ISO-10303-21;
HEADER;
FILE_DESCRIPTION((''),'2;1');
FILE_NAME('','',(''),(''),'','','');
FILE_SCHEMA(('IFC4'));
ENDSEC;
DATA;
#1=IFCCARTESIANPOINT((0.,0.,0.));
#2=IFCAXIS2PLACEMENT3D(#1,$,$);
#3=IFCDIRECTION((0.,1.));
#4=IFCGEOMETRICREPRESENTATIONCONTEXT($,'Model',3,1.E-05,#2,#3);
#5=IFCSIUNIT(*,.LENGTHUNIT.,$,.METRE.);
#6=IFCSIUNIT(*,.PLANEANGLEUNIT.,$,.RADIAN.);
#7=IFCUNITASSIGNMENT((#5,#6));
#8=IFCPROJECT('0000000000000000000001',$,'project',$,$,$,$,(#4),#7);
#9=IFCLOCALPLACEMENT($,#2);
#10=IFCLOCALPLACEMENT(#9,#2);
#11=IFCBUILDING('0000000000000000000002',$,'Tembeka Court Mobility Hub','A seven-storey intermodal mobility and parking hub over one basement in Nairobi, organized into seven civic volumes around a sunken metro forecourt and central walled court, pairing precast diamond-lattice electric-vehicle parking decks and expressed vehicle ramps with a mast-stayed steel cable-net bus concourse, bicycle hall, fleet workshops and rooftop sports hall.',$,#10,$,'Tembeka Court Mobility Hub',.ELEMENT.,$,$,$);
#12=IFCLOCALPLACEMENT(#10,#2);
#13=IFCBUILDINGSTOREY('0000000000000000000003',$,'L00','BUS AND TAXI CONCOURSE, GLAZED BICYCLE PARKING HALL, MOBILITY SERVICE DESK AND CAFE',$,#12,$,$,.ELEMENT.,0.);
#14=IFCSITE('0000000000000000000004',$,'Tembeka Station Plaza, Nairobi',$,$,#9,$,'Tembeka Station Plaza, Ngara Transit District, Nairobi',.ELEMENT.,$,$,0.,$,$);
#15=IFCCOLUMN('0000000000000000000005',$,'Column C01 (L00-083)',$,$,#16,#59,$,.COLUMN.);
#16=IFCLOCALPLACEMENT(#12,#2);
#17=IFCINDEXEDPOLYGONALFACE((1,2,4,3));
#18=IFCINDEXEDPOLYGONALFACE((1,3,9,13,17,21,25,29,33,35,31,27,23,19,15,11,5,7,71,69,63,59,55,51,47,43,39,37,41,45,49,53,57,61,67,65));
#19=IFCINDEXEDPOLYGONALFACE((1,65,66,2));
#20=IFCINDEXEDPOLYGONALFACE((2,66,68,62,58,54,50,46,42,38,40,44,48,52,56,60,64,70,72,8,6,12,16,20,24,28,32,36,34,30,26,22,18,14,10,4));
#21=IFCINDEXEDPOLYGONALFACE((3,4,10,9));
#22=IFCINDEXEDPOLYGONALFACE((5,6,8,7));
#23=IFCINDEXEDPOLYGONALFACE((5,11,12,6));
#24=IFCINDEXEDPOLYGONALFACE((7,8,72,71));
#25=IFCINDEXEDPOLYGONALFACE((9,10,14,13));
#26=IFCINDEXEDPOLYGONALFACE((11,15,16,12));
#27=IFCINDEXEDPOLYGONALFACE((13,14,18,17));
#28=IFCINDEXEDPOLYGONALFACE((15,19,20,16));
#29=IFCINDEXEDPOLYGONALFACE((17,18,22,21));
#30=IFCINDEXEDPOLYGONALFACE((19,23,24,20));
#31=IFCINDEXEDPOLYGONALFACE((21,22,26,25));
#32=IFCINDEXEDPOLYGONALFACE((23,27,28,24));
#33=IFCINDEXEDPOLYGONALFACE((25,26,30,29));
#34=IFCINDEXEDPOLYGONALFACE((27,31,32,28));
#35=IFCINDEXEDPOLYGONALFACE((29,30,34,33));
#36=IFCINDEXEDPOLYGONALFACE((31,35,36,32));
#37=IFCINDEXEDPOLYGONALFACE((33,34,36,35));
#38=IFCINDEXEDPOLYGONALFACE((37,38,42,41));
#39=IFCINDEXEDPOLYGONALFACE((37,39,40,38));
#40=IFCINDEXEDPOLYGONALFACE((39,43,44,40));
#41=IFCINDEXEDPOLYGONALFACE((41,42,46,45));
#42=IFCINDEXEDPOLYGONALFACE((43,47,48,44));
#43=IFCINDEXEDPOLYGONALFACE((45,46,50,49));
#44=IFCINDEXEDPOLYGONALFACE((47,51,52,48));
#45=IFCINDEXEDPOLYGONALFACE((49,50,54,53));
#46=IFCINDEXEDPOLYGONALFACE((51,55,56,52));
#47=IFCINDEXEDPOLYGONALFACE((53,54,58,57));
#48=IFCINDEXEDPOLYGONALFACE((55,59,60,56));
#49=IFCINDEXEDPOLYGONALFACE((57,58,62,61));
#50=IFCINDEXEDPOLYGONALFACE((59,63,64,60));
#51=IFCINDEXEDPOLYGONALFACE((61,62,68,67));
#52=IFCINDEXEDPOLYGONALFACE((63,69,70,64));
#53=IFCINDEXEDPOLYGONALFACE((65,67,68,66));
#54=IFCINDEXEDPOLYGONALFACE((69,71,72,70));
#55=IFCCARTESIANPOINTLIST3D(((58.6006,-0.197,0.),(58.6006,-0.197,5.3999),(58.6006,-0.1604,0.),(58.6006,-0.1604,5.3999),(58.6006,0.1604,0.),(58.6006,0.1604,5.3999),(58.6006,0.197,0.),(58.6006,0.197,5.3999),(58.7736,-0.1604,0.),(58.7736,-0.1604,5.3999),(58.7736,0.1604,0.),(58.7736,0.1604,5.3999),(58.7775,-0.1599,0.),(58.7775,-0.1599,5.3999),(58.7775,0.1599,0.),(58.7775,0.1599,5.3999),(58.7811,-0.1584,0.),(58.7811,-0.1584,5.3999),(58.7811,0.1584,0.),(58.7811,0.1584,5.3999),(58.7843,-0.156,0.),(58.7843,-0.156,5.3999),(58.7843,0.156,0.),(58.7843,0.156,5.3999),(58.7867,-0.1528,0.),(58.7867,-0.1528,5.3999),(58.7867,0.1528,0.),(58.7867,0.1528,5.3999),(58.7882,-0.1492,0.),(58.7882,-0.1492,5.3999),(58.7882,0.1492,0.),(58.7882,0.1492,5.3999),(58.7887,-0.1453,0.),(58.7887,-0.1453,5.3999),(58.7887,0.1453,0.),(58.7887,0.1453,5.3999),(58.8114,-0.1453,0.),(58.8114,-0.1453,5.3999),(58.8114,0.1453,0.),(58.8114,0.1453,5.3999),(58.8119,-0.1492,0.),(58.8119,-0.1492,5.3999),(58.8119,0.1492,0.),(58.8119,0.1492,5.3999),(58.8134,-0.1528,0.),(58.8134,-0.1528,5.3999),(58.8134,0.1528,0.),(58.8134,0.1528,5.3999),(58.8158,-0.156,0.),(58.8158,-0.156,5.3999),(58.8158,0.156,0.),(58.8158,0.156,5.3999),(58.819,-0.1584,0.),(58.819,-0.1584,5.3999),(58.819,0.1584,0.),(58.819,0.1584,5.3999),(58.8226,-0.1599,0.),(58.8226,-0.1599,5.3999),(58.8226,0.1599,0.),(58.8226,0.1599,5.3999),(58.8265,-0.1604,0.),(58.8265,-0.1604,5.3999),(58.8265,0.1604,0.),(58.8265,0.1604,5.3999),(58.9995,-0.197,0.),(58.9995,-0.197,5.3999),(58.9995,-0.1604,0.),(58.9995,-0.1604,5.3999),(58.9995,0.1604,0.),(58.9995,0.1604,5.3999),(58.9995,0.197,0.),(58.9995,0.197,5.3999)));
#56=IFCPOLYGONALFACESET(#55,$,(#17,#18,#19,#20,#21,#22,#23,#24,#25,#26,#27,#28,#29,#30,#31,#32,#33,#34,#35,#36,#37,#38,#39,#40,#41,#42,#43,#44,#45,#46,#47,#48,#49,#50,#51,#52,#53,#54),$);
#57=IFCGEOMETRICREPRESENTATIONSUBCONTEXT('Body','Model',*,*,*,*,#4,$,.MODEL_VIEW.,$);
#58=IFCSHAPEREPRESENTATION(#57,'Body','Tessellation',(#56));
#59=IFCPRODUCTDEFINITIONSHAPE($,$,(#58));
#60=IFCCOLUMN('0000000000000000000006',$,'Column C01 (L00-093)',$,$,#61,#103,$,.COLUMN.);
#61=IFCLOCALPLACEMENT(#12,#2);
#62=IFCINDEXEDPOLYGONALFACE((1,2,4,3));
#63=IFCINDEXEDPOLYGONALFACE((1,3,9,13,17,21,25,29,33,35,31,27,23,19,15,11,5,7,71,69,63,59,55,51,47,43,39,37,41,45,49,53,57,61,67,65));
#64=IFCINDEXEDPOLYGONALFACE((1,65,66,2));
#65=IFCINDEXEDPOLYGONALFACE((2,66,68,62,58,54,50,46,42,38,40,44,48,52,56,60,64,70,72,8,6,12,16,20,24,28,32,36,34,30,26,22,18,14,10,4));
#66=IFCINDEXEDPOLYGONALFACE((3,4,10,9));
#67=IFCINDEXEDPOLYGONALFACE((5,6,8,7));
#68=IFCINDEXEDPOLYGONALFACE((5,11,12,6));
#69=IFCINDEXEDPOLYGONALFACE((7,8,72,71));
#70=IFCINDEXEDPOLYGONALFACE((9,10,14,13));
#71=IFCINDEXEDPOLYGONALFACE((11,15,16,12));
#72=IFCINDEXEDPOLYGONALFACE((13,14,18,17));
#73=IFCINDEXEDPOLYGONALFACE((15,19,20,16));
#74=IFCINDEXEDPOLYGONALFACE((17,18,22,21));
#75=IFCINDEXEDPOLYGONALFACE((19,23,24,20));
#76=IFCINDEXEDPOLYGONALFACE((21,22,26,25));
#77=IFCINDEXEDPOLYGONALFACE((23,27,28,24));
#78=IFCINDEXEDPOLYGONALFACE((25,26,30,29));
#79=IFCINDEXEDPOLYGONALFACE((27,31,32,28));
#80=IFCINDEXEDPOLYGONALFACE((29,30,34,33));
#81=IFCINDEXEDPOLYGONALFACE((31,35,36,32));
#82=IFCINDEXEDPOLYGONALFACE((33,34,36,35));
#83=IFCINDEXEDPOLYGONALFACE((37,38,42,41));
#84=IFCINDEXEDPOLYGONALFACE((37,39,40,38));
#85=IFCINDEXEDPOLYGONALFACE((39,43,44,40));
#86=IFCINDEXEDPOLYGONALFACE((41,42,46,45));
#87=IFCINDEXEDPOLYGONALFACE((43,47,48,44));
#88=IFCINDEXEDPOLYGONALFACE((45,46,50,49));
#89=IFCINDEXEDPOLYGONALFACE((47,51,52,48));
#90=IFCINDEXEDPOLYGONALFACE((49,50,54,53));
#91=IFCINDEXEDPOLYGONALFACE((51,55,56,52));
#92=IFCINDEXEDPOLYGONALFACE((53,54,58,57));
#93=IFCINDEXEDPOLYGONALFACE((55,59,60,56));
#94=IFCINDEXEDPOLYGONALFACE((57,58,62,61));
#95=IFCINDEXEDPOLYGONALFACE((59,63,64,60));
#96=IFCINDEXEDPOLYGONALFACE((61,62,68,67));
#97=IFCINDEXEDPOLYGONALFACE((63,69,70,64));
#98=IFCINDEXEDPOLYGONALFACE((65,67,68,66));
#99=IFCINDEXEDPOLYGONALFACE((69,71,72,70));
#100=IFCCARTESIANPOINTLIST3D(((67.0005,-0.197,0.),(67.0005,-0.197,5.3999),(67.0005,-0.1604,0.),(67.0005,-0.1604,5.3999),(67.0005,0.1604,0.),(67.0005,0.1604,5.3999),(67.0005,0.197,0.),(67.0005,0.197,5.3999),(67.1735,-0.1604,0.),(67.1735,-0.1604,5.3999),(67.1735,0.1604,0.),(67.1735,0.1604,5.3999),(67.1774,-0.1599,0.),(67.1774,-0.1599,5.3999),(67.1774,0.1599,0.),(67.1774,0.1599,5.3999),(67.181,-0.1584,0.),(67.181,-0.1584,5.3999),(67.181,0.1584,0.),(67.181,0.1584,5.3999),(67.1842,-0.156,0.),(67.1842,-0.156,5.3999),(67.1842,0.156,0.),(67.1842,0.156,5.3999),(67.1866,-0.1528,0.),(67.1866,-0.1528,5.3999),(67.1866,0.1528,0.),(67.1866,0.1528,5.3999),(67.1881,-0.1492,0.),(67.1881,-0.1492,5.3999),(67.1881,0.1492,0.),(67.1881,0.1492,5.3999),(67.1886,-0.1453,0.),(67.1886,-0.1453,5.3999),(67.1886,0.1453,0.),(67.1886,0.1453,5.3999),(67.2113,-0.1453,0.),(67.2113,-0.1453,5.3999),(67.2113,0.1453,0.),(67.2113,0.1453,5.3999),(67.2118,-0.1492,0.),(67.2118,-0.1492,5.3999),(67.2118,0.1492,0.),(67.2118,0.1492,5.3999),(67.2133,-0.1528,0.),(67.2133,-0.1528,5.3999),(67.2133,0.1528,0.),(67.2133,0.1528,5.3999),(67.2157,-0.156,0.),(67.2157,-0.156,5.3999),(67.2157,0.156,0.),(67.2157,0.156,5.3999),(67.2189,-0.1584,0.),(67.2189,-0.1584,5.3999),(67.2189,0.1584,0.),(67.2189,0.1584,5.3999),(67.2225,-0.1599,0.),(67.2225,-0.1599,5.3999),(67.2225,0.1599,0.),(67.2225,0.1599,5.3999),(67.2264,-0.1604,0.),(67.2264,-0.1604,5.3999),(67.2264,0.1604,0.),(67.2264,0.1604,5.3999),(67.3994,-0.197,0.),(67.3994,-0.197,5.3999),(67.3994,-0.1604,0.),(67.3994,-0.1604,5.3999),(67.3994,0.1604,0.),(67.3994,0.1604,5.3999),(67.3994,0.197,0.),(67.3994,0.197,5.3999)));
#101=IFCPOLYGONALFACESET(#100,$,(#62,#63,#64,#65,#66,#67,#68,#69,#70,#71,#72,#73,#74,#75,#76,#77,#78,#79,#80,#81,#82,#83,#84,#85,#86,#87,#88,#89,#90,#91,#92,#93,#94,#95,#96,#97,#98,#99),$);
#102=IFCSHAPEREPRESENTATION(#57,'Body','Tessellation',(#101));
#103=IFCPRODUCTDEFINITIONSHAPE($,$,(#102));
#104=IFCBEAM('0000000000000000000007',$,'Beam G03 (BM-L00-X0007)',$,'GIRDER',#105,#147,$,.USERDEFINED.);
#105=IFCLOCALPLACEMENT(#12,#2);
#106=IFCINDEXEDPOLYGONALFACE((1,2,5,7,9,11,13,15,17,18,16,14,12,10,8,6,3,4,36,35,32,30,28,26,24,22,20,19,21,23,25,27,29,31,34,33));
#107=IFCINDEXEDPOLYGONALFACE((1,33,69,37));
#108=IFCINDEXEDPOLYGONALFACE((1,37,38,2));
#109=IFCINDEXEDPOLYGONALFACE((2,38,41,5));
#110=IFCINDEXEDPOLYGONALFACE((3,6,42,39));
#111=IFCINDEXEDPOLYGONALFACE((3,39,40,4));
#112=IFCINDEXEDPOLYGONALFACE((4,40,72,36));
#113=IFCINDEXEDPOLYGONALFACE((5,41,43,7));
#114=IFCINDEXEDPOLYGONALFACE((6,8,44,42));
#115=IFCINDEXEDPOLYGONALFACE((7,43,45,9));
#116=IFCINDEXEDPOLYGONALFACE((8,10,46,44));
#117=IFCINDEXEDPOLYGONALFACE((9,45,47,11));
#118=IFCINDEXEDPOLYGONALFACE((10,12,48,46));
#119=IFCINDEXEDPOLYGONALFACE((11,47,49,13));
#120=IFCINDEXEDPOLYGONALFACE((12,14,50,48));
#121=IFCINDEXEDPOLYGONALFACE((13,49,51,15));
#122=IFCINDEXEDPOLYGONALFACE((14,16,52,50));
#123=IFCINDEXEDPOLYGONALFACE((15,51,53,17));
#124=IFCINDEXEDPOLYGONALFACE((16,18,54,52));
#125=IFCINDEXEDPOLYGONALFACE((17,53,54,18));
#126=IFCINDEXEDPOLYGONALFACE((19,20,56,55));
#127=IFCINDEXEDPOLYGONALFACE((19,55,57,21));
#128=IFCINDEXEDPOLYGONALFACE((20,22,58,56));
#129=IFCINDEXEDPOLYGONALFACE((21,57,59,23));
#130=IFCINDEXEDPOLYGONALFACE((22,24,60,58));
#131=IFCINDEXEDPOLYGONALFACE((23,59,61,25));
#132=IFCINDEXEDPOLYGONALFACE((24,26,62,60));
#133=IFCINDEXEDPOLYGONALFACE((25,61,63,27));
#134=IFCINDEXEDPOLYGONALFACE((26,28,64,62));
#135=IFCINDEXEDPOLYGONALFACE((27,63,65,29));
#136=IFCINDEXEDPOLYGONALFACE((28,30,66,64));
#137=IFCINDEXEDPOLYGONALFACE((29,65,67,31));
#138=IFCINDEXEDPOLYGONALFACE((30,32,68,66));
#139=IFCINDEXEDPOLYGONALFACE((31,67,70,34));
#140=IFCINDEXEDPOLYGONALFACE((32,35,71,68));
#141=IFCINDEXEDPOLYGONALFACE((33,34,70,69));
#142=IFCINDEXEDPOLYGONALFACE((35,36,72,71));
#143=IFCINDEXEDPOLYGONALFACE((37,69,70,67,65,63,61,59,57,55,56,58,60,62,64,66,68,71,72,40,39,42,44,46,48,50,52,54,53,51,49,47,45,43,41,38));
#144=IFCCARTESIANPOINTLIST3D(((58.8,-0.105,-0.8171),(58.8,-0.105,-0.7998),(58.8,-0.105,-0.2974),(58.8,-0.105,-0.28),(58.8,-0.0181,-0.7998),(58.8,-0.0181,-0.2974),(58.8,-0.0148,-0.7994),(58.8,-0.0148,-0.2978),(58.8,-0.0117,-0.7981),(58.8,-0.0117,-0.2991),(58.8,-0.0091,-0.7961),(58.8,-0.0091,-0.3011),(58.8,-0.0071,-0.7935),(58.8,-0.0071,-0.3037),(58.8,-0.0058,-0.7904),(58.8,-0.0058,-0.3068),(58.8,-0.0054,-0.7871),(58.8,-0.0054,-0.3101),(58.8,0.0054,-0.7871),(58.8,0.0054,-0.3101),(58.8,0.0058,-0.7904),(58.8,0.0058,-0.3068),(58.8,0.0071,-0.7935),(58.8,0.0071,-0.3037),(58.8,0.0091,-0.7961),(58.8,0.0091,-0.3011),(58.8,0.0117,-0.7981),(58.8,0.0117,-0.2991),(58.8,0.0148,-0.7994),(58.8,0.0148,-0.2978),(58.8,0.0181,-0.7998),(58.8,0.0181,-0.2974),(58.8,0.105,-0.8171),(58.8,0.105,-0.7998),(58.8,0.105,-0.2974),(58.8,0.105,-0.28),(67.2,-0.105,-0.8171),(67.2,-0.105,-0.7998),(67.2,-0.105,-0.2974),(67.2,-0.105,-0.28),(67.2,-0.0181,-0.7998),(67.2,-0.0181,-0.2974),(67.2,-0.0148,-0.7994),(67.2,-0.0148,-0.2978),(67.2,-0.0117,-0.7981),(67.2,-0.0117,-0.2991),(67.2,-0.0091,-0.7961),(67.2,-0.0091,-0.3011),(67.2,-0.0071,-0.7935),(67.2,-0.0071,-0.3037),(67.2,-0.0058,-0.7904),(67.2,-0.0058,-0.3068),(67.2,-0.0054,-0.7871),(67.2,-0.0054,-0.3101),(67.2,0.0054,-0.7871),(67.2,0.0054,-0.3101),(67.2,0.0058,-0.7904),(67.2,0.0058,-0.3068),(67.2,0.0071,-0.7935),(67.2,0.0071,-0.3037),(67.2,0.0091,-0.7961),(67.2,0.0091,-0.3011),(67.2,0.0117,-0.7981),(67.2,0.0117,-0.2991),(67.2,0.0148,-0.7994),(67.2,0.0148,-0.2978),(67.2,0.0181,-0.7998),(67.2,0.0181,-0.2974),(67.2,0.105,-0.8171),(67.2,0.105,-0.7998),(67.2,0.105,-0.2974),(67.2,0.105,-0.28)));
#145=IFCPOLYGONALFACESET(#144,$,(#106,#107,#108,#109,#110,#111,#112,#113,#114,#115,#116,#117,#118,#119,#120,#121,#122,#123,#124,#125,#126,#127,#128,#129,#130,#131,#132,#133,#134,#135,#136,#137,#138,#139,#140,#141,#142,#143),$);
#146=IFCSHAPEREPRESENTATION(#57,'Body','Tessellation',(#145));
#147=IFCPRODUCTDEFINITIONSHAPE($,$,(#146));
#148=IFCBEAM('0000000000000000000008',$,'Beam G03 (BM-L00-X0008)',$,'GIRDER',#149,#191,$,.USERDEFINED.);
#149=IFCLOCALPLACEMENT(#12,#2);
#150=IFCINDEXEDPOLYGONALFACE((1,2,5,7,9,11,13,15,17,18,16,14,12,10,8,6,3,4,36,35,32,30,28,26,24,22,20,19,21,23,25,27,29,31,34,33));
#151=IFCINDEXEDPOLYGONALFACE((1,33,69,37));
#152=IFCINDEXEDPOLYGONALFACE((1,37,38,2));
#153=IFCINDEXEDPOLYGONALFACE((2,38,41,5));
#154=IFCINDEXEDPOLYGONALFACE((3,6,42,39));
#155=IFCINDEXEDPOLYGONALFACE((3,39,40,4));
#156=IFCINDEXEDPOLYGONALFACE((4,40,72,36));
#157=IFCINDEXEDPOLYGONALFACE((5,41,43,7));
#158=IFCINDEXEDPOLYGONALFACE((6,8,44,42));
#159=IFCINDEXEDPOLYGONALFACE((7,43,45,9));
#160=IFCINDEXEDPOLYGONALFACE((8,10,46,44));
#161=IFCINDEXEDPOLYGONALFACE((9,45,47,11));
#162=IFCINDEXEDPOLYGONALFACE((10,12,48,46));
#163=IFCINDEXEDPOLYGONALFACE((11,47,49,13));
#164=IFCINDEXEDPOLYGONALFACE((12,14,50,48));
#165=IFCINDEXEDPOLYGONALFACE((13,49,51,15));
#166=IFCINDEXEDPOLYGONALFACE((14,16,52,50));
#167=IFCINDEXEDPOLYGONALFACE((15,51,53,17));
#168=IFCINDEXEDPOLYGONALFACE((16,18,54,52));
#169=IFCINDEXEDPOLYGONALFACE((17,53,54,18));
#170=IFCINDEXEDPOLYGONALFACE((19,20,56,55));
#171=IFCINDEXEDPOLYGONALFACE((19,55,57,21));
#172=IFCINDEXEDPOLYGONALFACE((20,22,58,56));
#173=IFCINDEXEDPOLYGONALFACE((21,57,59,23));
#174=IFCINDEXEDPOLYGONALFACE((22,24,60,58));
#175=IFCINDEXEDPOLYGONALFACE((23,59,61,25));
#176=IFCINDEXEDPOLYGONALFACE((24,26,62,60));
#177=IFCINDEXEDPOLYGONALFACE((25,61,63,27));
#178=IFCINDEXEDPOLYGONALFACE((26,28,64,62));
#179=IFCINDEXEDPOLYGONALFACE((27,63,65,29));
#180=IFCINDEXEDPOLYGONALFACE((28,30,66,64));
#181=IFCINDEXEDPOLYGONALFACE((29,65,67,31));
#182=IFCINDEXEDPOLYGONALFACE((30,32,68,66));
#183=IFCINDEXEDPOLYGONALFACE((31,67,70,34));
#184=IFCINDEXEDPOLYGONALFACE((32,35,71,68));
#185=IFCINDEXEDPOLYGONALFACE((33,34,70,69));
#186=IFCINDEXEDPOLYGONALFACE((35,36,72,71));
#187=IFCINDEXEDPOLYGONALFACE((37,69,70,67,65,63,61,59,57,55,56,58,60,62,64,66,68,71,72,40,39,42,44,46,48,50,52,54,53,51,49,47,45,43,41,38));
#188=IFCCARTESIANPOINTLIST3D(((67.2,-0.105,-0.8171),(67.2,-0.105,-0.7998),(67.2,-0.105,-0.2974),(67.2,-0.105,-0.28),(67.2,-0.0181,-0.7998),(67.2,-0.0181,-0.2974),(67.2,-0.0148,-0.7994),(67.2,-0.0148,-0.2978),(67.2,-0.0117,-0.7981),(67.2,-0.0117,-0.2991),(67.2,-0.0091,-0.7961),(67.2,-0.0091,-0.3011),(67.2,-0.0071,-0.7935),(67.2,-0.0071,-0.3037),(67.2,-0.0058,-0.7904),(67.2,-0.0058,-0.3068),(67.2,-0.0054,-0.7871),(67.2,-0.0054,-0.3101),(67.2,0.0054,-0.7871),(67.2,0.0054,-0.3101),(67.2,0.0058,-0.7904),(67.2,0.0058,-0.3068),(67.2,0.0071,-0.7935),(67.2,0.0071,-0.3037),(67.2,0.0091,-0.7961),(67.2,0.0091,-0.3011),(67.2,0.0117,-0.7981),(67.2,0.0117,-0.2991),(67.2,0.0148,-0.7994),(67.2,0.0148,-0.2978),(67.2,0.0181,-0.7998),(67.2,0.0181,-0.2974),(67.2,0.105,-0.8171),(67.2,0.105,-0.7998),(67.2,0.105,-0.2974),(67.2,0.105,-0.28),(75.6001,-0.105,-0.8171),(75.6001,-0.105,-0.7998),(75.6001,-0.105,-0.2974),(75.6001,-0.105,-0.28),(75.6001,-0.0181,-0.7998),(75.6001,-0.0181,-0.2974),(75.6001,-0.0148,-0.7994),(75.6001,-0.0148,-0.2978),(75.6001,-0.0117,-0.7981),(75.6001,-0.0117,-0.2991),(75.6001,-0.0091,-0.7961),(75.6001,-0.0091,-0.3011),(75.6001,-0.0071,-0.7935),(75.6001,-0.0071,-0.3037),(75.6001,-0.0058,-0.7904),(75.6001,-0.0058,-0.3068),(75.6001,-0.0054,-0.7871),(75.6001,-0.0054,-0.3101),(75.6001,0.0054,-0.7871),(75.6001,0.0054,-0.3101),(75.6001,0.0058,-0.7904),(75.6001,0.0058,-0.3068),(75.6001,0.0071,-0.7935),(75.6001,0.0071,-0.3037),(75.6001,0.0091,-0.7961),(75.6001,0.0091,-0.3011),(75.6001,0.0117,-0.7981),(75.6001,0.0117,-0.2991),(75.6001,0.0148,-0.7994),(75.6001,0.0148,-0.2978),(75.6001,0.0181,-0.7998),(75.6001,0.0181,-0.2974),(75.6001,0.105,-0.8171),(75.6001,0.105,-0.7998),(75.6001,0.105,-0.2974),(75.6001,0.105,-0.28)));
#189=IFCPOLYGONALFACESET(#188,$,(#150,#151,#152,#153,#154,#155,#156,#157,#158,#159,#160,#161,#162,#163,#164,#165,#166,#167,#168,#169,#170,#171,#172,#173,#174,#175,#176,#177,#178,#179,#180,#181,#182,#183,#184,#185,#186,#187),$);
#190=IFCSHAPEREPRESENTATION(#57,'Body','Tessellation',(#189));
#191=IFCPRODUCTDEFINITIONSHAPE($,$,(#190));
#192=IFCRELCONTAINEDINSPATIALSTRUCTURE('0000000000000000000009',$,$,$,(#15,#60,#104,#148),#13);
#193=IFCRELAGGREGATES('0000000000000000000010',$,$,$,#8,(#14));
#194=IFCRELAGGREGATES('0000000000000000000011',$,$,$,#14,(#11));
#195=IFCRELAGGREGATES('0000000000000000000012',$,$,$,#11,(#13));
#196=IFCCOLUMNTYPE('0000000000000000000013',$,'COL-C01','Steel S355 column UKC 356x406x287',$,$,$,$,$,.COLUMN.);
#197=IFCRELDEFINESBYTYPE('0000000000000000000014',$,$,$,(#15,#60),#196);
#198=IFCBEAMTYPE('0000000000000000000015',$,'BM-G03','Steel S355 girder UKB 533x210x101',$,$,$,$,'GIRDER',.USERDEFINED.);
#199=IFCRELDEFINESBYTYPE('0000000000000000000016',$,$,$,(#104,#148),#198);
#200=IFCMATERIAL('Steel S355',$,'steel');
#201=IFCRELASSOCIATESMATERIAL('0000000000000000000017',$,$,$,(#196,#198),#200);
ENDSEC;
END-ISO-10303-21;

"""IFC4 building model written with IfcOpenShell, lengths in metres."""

from ifc_helpers import new_model, si_unit, direction, frame, origin, origin_2d, place, context, subcontext, project, spatial, i_section, extrude, material, material_profile, profile_set, type_object, element, save


model = new_model("IFC4")

# Units and contexts
model_context = context("Model", 3, precision=1e-05, world=origin(), true_north=direction((0.0, 1.0)))
body_context = subcontext(model_context, "Body", "Model", "MODEL_VIEW")
ifc_project = project(units=[si_unit("LENGTHUNIT", "METRE"), si_unit("PLANEANGLEUNIT", "RADIAN")], contexts=[model_context])

# Site, building, storey
site_placement = place(None, origin())
site = spatial("IfcSite", under=ifc_project, at=site_placement, Name="Tembeka Station Plaza, Nairobi", LongName="Tembeka Station Plaza, Ngara Transit District, Nairobi", CompositionType="ELEMENT", RefElevation=0.0)
building_placement = place(site_placement, origin())
building = spatial("IfcBuilding", under=site, at=building_placement, Name="Tembeka Court Mobility Hub", Description="A seven-storey intermodal mobility and parking hub over one basement in Nairobi, organized into seven civic volumes around a sunken metro forecourt and central walled court, pairing precast diamond-lattice electric-vehicle parking decks and expressed vehicle ramps with a mast-stayed steel cable-net bus concourse, bicycle hall, fleet workshops and rooftop sports hall.", LongName="Tembeka Court Mobility Hub", CompositionType="ELEMENT")
storey_placement = place(building_placement, origin())
storey = spatial("IfcBuildingStorey", under=building, at=storey_placement, Name="L00", Description="BUS AND TAXI CONCOURSE, GLAZED BICYCLE PARKING HALL, MOBILITY SERVICE DESK AND CAFE", CompositionType="ELEMENT", Elevation=0.0)

# Columns
ifc_material_1 = material(Name="Steel S355", Category="steel")
ifc_material_profile_1 = material_profile(ifc_material_1, i_section(OverallWidth=0.3989, OverallDepth=0.394, WebThickness=0.0227, FlangeThickness=0.0366, FilletRadius=0.0151, at=origin_2d()), Name="UKC 356x406x287")
ifc_profile_set_1 = profile_set([ifc_material_profile_1], Name="Steel S355")
column_type = type_object("IfcColumnType", Name="COL-C01", Description="Steel S355 column UKC 356x406x287", PredefinedType="COLUMN", material=ifc_profile_set_1)
for number, where, z_axis, x_axis, name in (
    (1, (58.8, 0.0, 0.0), (0.0, 0.0, 1.0), (1.0, 0.0, 0.0), "Column C01 (L00-083)"),
    (2, (67.2, 0.0, 0.0), (0.0, 0.0, 1.0), (1.0, 0.0, 0.0), "Column C01 (L00-093)"),
):
    element("IfcColumn", number, at=place(storey_placement, frame(where, z_axis=z_axis, x_axis=x_axis)), inside=storey, type_object=column_type, Name=name, PredefinedType="COLUMN", context=body_context, shape_type="SweptSolid", body=[
        extrude(i_section(OverallWidth=0.3989, OverallDepth=0.394, WebThickness=0.0227, FlangeThickness=0.0366, FilletRadius=0.0151, at=origin_2d()), origin(), (0.0, 0.0, 1.0), 5.3999),
    ])

# Beams
ifc_material_profile_2 = material_profile(ifc_material_1, i_section(OverallWidth=0.21, OverallDepth=0.5371, WebThickness=0.0107, FlangeThickness=0.0173, FilletRadius=0.0127, at=origin_2d()), Name="UKB 533x210x101")
ifc_profile_set_2 = profile_set([ifc_material_profile_2], Name="Steel S355")
beam_type = type_object("IfcBeamType", Name="BM-G03", Description="Steel S355 girder UKB 533x210x101", ElementType="GIRDER", PredefinedType="USERDEFINED", material=ifc_profile_set_2)
beam_1_placement = place(storey_placement, frame((58.8, 0.0, -0.5486), z_axis=(1.0, 0.0, 0.0), x_axis=(0.0, 1.0, 0.0)))
element("IfcBeam", 3, at=beam_1_placement, inside=storey, type_object=beam_type, Name="Beam G03 (BM-L00-X0007)", ObjectType="GIRDER", PredefinedType="USERDEFINED", context=body_context, shape_type="SweptSolid", body=[
    extrude(i_section(OverallWidth=0.21, OverallDepth=0.5371, WebThickness=0.0107, FlangeThickness=0.0173, FilletRadius=0.0127, at=origin_2d()), origin(), (0.0, 0.0, 1.0), 8.3999),
])
beam_2_placement = place(storey_placement, frame((67.2, 0.0, -0.5486), z_axis=(1.0, 0.0, 0.0), x_axis=(0.0, 1.0, 0.0)))
element("IfcBeam", 4, at=beam_2_placement, inside=storey, type_object=beam_type, Name="Beam G03 (BM-L00-X0008)", ObjectType="GIRDER", PredefinedType="USERDEFINED", context=body_context, shape_type="SweptSolid", body=[
    extrude(i_section(OverallWidth=0.21, OverallDepth=0.5371, WebThickness=0.0107, FlangeThickness=0.0173, FilletRadius=0.0127, at=origin_2d()), origin(), (0.0, 0.0, 1.0), 8.4001),
])

save(model, "model.ifc")
